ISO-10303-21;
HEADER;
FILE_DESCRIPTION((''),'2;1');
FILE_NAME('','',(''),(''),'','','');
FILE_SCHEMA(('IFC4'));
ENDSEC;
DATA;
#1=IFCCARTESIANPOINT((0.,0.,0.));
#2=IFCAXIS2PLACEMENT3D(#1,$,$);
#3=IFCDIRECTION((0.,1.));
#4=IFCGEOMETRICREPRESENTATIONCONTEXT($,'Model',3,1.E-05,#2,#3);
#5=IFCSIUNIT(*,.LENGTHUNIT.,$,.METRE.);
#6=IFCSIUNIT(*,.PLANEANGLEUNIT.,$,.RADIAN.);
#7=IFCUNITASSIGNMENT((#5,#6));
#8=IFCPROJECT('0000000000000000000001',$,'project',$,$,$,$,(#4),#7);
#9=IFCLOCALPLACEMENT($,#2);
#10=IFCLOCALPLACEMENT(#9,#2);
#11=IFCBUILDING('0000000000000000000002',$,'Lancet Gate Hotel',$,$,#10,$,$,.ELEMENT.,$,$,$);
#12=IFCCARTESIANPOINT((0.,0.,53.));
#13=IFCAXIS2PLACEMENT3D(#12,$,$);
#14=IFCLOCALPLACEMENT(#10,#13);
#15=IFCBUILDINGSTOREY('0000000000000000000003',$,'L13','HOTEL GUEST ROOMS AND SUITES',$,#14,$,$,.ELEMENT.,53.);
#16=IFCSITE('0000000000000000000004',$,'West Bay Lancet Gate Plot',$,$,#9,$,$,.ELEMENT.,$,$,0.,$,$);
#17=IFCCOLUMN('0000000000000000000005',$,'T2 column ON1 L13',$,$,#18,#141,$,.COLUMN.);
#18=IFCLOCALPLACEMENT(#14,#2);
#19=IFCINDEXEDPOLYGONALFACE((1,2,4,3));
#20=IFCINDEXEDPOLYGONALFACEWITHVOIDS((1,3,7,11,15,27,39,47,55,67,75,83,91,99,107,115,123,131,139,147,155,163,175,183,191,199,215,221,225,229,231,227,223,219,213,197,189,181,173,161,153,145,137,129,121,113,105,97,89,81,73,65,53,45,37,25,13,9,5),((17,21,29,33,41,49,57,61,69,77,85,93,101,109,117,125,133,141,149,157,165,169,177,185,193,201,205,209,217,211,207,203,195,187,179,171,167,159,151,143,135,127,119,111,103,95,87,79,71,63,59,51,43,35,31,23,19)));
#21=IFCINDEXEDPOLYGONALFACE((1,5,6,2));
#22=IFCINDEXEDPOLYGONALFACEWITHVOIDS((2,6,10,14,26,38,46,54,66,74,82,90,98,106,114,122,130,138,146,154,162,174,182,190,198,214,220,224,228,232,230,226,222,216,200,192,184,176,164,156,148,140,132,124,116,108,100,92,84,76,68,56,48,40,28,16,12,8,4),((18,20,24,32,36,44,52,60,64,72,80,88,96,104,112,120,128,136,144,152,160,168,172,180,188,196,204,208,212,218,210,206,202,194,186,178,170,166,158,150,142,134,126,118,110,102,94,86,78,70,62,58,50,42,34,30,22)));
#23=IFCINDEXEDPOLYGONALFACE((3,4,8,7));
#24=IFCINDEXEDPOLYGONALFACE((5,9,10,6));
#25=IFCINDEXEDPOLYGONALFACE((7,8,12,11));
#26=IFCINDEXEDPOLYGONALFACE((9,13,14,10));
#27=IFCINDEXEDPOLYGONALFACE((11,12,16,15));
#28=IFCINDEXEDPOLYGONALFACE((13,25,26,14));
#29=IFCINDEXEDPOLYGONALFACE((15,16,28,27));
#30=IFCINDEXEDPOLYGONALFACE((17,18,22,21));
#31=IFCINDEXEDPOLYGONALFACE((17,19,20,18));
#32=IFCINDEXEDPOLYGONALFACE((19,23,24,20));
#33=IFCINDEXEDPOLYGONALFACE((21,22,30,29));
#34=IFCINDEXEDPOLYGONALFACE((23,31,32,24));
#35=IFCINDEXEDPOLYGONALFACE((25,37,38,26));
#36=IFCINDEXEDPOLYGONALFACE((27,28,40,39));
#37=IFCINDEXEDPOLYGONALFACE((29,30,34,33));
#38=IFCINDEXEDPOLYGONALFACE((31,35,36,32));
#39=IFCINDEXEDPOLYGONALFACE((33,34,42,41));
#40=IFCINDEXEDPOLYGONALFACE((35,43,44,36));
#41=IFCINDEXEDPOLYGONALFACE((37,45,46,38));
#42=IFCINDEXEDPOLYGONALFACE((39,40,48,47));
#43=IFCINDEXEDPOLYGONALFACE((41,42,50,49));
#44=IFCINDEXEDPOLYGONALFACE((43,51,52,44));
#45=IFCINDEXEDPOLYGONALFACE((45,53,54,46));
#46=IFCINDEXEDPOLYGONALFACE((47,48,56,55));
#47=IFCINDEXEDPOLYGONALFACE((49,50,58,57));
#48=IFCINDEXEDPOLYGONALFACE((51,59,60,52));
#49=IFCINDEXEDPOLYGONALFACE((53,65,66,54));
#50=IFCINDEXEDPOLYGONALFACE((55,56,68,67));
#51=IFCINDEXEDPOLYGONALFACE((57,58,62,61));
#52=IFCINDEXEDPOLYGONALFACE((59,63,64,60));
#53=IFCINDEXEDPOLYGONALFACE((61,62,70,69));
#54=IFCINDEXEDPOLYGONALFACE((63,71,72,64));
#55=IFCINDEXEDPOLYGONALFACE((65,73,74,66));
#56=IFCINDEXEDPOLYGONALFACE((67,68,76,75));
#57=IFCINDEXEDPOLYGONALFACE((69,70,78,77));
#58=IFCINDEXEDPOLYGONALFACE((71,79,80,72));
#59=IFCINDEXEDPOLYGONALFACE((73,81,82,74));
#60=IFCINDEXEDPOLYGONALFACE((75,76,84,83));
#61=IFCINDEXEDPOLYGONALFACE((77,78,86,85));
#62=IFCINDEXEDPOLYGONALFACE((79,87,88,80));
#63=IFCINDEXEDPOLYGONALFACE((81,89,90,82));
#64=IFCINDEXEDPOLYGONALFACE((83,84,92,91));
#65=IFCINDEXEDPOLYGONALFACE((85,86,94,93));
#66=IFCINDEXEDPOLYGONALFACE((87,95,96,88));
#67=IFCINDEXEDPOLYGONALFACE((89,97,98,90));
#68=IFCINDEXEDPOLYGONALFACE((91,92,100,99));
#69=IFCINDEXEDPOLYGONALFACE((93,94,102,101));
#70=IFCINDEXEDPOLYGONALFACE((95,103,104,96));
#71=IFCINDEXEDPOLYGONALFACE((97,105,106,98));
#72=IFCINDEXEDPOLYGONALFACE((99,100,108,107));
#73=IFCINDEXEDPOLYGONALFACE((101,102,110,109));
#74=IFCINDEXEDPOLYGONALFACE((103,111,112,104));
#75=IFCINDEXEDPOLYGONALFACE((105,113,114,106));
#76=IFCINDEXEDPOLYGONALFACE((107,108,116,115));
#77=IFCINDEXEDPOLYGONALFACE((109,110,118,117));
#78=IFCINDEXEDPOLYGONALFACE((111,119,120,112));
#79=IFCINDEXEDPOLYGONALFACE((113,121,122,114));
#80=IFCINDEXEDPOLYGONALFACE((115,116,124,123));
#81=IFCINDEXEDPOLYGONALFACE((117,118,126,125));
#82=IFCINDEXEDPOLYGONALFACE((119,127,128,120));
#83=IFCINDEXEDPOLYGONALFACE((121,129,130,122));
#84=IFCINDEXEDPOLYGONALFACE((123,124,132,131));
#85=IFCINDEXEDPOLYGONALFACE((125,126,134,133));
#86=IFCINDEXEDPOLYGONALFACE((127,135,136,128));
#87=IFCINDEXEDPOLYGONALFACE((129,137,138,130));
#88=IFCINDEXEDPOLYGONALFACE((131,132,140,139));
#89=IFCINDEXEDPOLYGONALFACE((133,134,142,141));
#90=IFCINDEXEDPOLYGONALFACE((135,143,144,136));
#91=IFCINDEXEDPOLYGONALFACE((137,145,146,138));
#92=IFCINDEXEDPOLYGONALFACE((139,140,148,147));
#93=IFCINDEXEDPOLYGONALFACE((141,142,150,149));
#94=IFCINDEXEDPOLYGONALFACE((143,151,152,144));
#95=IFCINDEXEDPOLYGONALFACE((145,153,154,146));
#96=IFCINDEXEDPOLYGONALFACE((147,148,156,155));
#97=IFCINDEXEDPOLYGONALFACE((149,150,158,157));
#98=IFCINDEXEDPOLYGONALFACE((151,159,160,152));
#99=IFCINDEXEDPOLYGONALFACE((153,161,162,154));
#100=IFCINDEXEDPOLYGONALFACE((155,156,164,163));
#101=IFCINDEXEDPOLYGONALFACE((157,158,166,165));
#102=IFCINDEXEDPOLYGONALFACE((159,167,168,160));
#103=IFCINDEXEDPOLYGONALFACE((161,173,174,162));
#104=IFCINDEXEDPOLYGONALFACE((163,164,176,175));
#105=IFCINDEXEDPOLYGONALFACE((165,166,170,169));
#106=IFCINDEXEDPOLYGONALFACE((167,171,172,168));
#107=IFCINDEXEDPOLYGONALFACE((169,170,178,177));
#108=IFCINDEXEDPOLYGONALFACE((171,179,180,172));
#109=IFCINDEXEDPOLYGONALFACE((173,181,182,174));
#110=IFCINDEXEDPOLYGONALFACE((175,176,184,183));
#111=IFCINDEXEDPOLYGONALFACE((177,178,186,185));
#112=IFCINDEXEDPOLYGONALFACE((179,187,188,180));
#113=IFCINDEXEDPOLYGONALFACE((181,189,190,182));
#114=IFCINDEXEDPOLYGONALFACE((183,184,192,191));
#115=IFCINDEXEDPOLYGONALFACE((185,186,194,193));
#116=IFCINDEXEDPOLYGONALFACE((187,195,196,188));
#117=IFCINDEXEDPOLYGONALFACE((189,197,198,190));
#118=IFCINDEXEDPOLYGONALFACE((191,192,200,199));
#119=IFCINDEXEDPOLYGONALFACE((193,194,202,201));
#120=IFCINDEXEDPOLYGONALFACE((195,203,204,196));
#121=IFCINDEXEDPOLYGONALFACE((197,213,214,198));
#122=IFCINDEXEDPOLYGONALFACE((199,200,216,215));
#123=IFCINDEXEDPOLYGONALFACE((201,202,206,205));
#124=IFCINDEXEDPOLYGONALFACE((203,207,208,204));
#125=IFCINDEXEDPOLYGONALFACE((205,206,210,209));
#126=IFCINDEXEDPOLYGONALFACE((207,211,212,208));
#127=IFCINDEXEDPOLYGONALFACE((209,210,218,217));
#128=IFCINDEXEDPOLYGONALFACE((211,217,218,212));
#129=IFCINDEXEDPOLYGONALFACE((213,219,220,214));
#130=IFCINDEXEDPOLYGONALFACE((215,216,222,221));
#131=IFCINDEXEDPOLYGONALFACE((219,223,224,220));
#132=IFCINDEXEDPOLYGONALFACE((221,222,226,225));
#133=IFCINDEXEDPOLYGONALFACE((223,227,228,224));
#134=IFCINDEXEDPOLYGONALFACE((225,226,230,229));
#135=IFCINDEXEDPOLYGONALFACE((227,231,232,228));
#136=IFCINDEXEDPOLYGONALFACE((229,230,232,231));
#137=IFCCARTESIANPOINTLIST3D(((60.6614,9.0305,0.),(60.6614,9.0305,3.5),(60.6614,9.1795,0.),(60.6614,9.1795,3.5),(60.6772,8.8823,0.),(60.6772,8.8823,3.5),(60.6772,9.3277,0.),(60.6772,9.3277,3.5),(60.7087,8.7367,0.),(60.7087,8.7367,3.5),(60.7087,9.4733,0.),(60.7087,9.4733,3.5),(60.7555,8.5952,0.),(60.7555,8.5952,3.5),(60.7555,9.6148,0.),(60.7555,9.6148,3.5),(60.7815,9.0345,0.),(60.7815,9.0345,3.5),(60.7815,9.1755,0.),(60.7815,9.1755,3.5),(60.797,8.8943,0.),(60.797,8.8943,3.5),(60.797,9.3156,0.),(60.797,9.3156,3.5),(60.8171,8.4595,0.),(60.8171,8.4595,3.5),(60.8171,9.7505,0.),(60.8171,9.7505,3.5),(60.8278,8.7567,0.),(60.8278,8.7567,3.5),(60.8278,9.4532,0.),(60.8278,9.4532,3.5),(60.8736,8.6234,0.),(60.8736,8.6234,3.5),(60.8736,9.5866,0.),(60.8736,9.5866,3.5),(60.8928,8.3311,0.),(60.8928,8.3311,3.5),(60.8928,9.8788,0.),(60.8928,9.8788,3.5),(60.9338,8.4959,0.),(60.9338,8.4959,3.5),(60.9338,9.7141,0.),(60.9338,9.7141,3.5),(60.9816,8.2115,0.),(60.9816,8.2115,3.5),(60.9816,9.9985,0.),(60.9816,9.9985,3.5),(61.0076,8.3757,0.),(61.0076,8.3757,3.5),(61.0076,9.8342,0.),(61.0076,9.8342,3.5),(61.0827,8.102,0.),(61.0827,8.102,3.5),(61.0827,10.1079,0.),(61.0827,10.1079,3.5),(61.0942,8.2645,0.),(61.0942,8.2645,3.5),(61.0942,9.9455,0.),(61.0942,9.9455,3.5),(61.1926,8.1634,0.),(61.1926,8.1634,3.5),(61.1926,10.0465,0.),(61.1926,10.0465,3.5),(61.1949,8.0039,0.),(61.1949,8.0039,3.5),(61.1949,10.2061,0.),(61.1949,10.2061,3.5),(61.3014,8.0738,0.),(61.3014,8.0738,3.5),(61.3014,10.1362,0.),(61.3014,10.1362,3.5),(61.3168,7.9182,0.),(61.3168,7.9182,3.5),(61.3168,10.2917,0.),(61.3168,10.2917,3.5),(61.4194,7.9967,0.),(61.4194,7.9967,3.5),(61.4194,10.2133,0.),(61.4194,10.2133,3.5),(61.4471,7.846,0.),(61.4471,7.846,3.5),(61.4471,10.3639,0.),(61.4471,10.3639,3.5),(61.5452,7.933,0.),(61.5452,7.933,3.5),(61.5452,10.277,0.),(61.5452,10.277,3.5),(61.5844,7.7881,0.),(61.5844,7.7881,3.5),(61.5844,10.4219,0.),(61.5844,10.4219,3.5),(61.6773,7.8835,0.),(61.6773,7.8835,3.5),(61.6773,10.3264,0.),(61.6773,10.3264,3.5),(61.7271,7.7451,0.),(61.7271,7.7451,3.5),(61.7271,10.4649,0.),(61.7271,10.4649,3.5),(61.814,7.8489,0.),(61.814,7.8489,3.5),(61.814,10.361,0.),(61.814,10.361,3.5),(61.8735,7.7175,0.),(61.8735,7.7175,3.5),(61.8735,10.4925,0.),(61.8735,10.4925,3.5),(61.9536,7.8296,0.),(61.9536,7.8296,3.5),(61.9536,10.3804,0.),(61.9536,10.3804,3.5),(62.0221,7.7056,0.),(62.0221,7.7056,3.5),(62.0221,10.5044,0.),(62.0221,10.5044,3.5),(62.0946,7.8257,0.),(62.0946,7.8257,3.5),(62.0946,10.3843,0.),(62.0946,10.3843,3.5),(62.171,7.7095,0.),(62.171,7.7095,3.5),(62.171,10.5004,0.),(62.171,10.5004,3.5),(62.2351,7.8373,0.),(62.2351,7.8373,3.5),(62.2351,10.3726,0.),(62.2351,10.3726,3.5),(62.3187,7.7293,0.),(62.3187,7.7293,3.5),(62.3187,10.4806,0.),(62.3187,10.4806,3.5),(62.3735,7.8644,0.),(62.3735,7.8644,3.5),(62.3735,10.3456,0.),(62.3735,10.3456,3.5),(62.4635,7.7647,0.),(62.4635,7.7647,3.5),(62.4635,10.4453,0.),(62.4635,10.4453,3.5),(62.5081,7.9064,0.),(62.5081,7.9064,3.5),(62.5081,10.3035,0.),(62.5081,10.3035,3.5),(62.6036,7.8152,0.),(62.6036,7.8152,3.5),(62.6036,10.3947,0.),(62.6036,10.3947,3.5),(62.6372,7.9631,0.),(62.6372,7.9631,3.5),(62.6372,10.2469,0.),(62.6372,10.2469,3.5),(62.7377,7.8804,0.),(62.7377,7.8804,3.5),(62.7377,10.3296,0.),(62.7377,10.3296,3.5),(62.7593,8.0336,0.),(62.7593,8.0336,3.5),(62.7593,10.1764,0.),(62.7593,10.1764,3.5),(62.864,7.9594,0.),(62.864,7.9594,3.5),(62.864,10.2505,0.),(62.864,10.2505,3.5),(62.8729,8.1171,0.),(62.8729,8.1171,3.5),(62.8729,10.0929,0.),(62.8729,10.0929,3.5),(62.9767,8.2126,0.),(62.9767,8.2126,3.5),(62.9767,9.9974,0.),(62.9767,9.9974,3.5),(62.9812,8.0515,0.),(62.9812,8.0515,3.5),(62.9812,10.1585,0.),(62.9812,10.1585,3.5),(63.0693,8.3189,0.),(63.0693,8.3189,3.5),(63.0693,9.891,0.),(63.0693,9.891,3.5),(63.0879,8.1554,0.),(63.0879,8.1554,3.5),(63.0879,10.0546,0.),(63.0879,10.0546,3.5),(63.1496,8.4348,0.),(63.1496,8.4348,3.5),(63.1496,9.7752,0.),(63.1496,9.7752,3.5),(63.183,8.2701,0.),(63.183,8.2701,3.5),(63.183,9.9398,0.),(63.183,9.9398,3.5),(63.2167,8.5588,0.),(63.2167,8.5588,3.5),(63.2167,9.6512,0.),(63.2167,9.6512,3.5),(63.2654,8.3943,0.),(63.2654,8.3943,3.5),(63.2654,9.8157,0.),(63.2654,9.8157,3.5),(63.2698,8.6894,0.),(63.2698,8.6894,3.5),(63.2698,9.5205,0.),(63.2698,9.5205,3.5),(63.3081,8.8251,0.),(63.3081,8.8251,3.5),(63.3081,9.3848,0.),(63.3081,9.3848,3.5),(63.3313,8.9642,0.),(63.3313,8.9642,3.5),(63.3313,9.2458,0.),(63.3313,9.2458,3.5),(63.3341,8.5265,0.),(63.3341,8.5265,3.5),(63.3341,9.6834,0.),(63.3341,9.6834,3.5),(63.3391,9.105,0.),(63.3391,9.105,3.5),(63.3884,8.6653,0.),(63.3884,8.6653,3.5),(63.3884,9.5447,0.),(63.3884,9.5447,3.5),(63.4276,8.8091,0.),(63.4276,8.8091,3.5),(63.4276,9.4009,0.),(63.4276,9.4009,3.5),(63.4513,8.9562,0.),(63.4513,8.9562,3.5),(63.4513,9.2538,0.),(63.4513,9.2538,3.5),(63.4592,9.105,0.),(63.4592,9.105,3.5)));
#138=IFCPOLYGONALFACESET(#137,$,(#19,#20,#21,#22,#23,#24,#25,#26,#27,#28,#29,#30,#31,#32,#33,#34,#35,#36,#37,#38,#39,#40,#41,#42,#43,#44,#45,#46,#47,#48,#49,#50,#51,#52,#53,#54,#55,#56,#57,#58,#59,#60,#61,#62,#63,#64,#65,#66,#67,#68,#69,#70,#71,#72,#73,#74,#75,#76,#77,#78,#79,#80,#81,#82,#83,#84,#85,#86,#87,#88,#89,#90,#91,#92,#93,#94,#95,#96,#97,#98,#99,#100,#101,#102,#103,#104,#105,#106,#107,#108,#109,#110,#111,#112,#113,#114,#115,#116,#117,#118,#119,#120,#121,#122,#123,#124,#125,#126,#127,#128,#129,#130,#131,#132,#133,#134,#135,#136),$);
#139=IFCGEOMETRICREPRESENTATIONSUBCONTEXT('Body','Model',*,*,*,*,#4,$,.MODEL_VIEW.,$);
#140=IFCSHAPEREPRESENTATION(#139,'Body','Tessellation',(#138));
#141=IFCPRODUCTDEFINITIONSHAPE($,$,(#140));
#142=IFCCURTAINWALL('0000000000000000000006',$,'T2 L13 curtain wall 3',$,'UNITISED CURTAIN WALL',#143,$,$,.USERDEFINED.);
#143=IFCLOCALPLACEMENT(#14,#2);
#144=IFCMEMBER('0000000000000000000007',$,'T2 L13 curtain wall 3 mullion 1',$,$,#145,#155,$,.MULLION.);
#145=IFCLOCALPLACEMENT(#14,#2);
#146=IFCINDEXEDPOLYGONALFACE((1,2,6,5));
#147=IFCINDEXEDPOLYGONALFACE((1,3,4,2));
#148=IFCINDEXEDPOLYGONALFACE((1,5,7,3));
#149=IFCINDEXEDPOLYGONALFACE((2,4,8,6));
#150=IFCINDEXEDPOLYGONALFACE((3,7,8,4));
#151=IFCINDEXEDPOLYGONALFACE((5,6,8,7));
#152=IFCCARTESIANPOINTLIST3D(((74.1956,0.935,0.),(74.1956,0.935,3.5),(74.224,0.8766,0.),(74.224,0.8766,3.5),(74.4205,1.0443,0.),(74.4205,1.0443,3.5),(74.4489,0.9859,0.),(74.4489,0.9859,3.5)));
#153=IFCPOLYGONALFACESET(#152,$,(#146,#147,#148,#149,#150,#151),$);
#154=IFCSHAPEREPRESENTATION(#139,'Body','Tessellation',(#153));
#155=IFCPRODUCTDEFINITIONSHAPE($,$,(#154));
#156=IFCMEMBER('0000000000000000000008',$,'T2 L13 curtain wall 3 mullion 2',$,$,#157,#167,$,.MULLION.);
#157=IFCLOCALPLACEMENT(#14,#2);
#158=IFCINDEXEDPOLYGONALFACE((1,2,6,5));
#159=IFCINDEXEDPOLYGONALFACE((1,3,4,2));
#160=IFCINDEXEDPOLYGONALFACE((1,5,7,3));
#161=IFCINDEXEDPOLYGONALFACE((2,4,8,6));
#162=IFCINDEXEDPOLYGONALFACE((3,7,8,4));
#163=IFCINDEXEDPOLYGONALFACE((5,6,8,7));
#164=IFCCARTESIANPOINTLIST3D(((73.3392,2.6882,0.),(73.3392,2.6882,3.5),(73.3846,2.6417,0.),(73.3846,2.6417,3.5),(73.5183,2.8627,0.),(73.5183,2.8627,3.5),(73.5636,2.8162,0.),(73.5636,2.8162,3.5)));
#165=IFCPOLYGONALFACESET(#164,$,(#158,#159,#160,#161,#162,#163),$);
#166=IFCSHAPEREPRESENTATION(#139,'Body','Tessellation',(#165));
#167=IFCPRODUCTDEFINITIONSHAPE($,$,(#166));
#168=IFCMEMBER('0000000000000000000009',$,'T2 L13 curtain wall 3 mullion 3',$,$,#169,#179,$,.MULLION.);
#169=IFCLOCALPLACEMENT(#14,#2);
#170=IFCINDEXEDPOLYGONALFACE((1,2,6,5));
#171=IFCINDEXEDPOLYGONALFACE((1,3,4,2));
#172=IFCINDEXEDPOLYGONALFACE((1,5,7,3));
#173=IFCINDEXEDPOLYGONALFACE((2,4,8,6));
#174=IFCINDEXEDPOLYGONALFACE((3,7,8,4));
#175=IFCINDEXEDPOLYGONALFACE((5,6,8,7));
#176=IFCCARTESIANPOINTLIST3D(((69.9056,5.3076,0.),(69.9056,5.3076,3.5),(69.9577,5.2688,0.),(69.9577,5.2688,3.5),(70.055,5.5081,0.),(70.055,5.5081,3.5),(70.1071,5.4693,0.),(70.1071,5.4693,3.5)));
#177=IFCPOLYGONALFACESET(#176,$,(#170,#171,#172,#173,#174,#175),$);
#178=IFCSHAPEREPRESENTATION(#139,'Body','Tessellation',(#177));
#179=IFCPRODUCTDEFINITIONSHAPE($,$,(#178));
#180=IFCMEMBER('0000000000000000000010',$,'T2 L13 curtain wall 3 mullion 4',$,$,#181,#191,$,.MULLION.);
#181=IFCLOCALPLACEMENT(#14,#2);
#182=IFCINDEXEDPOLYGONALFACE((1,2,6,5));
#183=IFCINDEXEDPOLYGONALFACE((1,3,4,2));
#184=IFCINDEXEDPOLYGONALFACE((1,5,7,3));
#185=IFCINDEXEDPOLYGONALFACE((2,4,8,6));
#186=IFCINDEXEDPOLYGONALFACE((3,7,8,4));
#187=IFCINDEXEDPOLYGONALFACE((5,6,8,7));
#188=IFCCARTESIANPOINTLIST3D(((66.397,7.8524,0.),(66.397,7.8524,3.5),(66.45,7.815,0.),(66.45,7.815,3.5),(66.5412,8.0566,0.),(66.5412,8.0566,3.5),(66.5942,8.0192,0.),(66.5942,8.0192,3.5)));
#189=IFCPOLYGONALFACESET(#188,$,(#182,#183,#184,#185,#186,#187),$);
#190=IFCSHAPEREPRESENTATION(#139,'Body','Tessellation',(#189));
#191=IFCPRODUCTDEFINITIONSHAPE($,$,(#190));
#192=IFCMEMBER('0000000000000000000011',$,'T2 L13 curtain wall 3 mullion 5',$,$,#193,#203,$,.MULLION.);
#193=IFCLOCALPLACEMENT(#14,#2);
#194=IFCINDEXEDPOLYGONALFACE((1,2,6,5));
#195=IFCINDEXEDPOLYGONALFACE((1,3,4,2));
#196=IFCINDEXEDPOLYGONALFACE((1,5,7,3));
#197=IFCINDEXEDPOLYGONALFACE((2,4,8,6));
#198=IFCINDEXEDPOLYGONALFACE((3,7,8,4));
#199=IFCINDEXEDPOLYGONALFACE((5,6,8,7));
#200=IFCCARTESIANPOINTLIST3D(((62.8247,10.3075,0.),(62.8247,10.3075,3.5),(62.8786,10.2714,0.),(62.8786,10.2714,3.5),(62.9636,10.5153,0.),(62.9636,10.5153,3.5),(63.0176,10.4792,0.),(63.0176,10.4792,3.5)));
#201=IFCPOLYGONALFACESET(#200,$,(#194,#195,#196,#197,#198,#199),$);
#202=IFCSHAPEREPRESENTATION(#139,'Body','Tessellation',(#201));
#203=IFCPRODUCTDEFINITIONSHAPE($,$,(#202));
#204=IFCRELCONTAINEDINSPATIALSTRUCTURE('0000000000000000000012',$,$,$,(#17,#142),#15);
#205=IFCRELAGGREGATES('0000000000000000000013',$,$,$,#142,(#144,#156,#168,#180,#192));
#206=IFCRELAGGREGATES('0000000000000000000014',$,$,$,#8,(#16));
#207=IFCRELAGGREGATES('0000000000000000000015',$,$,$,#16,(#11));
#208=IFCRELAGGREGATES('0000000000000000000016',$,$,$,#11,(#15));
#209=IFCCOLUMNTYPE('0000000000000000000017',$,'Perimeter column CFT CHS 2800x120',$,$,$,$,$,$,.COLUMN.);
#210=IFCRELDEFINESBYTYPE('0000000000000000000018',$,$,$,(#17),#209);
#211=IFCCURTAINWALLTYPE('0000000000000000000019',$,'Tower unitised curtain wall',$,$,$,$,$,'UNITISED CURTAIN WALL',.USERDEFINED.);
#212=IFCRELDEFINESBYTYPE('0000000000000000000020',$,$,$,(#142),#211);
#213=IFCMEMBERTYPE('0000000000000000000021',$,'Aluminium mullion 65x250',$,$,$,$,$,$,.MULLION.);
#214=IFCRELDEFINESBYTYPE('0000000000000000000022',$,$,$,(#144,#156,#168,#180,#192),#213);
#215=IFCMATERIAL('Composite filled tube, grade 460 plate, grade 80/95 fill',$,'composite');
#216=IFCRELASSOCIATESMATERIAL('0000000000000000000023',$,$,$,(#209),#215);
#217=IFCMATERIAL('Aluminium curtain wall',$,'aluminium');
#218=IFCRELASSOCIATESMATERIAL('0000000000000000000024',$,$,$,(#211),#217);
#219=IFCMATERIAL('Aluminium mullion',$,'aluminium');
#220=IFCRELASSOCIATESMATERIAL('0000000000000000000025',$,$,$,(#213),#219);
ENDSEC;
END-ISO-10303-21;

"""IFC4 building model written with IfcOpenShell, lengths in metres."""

from ifc_helpers import new_model, si_unit, direction, frame, origin, origin_2d, place, context, subcontext, project, spatial, rectangle, hollow_circle, extrude, material, material_profile, profile_set, type_object, element, aggregate, save


model = new_model("IFC4")

# Units and contexts
model_context = context("Model", 3, precision=1e-05, world=origin(), true_north=direction((0.0, 1.0)))
body_context = subcontext(model_context, "Body", "Model", "MODEL_VIEW")
ifc_project = project(units=[si_unit("LENGTHUNIT", "METRE"), si_unit("PLANEANGLEUNIT", "RADIAN")], contexts=[model_context])

# Site, building, storey
site_placement = place(None, origin())
site = spatial("IfcSite", under=ifc_project, at=site_placement, Name="West Bay Lancet Gate Plot", CompositionType="ELEMENT", RefElevation=0.0)
building_placement = place(site_placement, origin())
building = spatial("IfcBuilding", under=site, at=building_placement, Name="Lancet Gate Hotel", CompositionType="ELEMENT")
storey_placement = place(building_placement, frame((0.0, 0.0, 53.0)))
storey = spatial("IfcBuildingStorey", under=building, at=storey_placement, Name="L13", Description="HOTEL GUEST ROOMS AND SUITES", CompositionType="ELEMENT", Elevation=53.0)

# Column
ifc_material_1 = material(Name="Composite filled tube, grade 460 plate, grade 80/95 fill", Category="composite")
ifc_material_profile_1 = material_profile(ifc_material_1, hollow_circle(Radius=1.3999, WallThickness=0.1201, at=origin_2d()), Name="CHS 2800x120")
ifc_profile_set_1 = profile_set([ifc_material_profile_1], Name="Composite filled tube, grade 460 plate, grade 80/95 fill")
column_type_1 = type_object("IfcColumnType", Name="Perimeter column CFT CHS 2800x120", PredefinedType="COLUMN", material=ifc_profile_set_1)
column_1_placement = place(storey_placement, frame((62.0593, 9.105, 0.0), z_axis=(0.0, 0.0, 1.0), x_axis=(1.0, 0.0, 0.0)))
element("IfcColumn", 1, at=column_1_placement, inside=storey, type_object=column_type_1, Name="T2 column ON1 L13", PredefinedType="COLUMN", context=body_context, shape_type="SweptSolid", body=[
    extrude(hollow_circle(Radius=1.3999, WallThickness=0.1201, at=origin_2d()), origin(), (0.0, 0.0, 1.0), 3.5),
])

# Curtain wall, members
ifc_material_2 = material(Name="Aluminium curtain wall", Category="aluminium")
curtain_wall_type = type_object("IfcCurtainWallType", Name="Tower unitised curtain wall", ElementType="UNITISED CURTAIN WALL", PredefinedType="USERDEFINED", material=ifc_material_2)
curtain_wall_placement = place(storey_placement, origin())
curtain_wall = element("IfcCurtainWall", 2, at=curtain_wall_placement, inside=storey, type_object=curtain_wall_type, Name="T2 L13 curtain wall 3", ObjectType="UNITISED CURTAIN WALL", PredefinedType="USERDEFINED")
ifc_material_3 = material(Name="Aluminium mullion", Category="aluminium")
ifc_material_profile_2 = material_profile(ifc_material_3, rectangle(XDim=0.0649, YDim=0.25, at=origin_2d()), Name="MULLION 65x250")
ifc_profile_set_2 = profile_set([ifc_material_profile_2], Name="Aluminium mullion")
member_type_1 = type_object("IfcMemberType", Name="Aluminium mullion 65x250", PredefinedType="MULLION", material=ifc_profile_set_2)
member_1_placement = place(storey_placement, frame((74.3223, 0.9604, 0.0), z_axis=(0.0, 0.0, 1.0), x_axis=(-0.437169, 0.899379, 0.0)))
member_1 = element("IfcMember", 3, at=member_1_placement, type_object=member_type_1, Name="T2 L13 curtain wall 3 mullion 1", PredefinedType="MULLION", context=body_context, shape_type="SweptSolid", body=[
    extrude(rectangle(XDim=0.0649, YDim=0.25, at=origin_2d()), origin(), (0.0, 0.0, 1.0), 3.5),
])
member_2_placement = place(storey_placement, frame((73.4514, 2.7522, 0.0), z_axis=(0.0, 0.0, 1.0), x_axis=(-0.697983, 0.716114, 0.0)))
member_2 = element("IfcMember", 4, at=member_2_placement, type_object=member_type_1, Name="T2 L13 curtain wall 3 mullion 2", PredefinedType="MULLION", context=body_context, shape_type="SweptSolid", body=[
    extrude(rectangle(XDim=0.0649, YDim=0.25, at=origin_2d()), origin(), (0.0, 0.0, 1.0), 3.5),
])
member_3_placement = place(storey_placement, frame((70.0063, 5.3884, 0.0), z_axis=(0.0, 0.0, 1.0), x_axis=(-0.80183, 0.597552, 0.0)))
member_3 = element("IfcMember", 5, at=member_3_placement, type_object=member_type_1, Name="T2 L13 curtain wall 3 mullion 3", PredefinedType="MULLION", context=body_context, shape_type="SweptSolid", body=[
    extrude(rectangle(XDim=0.0649, YDim=0.25, at=origin_2d()), origin(), (0.0, 0.0, 1.0), 3.5),
])
member_4_placement = place(storey_placement, frame((66.4956, 7.9358, 0.0), z_axis=(0.0, 0.0, 1.0), x_axis=(-0.816779, 0.576951, 0.0)))
member_4 = element("IfcMember", 6, at=member_4_placement, type_object=member_type_1, Name="T2 L13 curtain wall 3 mullion 4", PredefinedType="MULLION", context=body_context, shape_type="SweptSolid", body=[
    extrude(rectangle(XDim=0.0649, YDim=0.25, at=origin_2d()), origin(), (0.0, 0.0, 1.0), 3.5),
])
member_5_placement = place(storey_placement, frame((62.9211, 10.3933, 0.0), z_axis=(0.0, 0.0, 1.0), x_axis=(-0.831198, 0.555976, 0.0)))
member_5 = element("IfcMember", 7, at=member_5_placement, type_object=member_type_1, Name="T2 L13 curtain wall 3 mullion 5", PredefinedType="MULLION", context=body_context, shape_type="SweptSolid", body=[
    extrude(rectangle(XDim=0.0649, YDim=0.25, at=origin_2d()), origin(), (0.0, 0.0, 1.0), 3.5),
])

aggregate(curtain_wall, [member_1, member_2, member_3, member_4, member_5])

save(model, "model.ifc")
